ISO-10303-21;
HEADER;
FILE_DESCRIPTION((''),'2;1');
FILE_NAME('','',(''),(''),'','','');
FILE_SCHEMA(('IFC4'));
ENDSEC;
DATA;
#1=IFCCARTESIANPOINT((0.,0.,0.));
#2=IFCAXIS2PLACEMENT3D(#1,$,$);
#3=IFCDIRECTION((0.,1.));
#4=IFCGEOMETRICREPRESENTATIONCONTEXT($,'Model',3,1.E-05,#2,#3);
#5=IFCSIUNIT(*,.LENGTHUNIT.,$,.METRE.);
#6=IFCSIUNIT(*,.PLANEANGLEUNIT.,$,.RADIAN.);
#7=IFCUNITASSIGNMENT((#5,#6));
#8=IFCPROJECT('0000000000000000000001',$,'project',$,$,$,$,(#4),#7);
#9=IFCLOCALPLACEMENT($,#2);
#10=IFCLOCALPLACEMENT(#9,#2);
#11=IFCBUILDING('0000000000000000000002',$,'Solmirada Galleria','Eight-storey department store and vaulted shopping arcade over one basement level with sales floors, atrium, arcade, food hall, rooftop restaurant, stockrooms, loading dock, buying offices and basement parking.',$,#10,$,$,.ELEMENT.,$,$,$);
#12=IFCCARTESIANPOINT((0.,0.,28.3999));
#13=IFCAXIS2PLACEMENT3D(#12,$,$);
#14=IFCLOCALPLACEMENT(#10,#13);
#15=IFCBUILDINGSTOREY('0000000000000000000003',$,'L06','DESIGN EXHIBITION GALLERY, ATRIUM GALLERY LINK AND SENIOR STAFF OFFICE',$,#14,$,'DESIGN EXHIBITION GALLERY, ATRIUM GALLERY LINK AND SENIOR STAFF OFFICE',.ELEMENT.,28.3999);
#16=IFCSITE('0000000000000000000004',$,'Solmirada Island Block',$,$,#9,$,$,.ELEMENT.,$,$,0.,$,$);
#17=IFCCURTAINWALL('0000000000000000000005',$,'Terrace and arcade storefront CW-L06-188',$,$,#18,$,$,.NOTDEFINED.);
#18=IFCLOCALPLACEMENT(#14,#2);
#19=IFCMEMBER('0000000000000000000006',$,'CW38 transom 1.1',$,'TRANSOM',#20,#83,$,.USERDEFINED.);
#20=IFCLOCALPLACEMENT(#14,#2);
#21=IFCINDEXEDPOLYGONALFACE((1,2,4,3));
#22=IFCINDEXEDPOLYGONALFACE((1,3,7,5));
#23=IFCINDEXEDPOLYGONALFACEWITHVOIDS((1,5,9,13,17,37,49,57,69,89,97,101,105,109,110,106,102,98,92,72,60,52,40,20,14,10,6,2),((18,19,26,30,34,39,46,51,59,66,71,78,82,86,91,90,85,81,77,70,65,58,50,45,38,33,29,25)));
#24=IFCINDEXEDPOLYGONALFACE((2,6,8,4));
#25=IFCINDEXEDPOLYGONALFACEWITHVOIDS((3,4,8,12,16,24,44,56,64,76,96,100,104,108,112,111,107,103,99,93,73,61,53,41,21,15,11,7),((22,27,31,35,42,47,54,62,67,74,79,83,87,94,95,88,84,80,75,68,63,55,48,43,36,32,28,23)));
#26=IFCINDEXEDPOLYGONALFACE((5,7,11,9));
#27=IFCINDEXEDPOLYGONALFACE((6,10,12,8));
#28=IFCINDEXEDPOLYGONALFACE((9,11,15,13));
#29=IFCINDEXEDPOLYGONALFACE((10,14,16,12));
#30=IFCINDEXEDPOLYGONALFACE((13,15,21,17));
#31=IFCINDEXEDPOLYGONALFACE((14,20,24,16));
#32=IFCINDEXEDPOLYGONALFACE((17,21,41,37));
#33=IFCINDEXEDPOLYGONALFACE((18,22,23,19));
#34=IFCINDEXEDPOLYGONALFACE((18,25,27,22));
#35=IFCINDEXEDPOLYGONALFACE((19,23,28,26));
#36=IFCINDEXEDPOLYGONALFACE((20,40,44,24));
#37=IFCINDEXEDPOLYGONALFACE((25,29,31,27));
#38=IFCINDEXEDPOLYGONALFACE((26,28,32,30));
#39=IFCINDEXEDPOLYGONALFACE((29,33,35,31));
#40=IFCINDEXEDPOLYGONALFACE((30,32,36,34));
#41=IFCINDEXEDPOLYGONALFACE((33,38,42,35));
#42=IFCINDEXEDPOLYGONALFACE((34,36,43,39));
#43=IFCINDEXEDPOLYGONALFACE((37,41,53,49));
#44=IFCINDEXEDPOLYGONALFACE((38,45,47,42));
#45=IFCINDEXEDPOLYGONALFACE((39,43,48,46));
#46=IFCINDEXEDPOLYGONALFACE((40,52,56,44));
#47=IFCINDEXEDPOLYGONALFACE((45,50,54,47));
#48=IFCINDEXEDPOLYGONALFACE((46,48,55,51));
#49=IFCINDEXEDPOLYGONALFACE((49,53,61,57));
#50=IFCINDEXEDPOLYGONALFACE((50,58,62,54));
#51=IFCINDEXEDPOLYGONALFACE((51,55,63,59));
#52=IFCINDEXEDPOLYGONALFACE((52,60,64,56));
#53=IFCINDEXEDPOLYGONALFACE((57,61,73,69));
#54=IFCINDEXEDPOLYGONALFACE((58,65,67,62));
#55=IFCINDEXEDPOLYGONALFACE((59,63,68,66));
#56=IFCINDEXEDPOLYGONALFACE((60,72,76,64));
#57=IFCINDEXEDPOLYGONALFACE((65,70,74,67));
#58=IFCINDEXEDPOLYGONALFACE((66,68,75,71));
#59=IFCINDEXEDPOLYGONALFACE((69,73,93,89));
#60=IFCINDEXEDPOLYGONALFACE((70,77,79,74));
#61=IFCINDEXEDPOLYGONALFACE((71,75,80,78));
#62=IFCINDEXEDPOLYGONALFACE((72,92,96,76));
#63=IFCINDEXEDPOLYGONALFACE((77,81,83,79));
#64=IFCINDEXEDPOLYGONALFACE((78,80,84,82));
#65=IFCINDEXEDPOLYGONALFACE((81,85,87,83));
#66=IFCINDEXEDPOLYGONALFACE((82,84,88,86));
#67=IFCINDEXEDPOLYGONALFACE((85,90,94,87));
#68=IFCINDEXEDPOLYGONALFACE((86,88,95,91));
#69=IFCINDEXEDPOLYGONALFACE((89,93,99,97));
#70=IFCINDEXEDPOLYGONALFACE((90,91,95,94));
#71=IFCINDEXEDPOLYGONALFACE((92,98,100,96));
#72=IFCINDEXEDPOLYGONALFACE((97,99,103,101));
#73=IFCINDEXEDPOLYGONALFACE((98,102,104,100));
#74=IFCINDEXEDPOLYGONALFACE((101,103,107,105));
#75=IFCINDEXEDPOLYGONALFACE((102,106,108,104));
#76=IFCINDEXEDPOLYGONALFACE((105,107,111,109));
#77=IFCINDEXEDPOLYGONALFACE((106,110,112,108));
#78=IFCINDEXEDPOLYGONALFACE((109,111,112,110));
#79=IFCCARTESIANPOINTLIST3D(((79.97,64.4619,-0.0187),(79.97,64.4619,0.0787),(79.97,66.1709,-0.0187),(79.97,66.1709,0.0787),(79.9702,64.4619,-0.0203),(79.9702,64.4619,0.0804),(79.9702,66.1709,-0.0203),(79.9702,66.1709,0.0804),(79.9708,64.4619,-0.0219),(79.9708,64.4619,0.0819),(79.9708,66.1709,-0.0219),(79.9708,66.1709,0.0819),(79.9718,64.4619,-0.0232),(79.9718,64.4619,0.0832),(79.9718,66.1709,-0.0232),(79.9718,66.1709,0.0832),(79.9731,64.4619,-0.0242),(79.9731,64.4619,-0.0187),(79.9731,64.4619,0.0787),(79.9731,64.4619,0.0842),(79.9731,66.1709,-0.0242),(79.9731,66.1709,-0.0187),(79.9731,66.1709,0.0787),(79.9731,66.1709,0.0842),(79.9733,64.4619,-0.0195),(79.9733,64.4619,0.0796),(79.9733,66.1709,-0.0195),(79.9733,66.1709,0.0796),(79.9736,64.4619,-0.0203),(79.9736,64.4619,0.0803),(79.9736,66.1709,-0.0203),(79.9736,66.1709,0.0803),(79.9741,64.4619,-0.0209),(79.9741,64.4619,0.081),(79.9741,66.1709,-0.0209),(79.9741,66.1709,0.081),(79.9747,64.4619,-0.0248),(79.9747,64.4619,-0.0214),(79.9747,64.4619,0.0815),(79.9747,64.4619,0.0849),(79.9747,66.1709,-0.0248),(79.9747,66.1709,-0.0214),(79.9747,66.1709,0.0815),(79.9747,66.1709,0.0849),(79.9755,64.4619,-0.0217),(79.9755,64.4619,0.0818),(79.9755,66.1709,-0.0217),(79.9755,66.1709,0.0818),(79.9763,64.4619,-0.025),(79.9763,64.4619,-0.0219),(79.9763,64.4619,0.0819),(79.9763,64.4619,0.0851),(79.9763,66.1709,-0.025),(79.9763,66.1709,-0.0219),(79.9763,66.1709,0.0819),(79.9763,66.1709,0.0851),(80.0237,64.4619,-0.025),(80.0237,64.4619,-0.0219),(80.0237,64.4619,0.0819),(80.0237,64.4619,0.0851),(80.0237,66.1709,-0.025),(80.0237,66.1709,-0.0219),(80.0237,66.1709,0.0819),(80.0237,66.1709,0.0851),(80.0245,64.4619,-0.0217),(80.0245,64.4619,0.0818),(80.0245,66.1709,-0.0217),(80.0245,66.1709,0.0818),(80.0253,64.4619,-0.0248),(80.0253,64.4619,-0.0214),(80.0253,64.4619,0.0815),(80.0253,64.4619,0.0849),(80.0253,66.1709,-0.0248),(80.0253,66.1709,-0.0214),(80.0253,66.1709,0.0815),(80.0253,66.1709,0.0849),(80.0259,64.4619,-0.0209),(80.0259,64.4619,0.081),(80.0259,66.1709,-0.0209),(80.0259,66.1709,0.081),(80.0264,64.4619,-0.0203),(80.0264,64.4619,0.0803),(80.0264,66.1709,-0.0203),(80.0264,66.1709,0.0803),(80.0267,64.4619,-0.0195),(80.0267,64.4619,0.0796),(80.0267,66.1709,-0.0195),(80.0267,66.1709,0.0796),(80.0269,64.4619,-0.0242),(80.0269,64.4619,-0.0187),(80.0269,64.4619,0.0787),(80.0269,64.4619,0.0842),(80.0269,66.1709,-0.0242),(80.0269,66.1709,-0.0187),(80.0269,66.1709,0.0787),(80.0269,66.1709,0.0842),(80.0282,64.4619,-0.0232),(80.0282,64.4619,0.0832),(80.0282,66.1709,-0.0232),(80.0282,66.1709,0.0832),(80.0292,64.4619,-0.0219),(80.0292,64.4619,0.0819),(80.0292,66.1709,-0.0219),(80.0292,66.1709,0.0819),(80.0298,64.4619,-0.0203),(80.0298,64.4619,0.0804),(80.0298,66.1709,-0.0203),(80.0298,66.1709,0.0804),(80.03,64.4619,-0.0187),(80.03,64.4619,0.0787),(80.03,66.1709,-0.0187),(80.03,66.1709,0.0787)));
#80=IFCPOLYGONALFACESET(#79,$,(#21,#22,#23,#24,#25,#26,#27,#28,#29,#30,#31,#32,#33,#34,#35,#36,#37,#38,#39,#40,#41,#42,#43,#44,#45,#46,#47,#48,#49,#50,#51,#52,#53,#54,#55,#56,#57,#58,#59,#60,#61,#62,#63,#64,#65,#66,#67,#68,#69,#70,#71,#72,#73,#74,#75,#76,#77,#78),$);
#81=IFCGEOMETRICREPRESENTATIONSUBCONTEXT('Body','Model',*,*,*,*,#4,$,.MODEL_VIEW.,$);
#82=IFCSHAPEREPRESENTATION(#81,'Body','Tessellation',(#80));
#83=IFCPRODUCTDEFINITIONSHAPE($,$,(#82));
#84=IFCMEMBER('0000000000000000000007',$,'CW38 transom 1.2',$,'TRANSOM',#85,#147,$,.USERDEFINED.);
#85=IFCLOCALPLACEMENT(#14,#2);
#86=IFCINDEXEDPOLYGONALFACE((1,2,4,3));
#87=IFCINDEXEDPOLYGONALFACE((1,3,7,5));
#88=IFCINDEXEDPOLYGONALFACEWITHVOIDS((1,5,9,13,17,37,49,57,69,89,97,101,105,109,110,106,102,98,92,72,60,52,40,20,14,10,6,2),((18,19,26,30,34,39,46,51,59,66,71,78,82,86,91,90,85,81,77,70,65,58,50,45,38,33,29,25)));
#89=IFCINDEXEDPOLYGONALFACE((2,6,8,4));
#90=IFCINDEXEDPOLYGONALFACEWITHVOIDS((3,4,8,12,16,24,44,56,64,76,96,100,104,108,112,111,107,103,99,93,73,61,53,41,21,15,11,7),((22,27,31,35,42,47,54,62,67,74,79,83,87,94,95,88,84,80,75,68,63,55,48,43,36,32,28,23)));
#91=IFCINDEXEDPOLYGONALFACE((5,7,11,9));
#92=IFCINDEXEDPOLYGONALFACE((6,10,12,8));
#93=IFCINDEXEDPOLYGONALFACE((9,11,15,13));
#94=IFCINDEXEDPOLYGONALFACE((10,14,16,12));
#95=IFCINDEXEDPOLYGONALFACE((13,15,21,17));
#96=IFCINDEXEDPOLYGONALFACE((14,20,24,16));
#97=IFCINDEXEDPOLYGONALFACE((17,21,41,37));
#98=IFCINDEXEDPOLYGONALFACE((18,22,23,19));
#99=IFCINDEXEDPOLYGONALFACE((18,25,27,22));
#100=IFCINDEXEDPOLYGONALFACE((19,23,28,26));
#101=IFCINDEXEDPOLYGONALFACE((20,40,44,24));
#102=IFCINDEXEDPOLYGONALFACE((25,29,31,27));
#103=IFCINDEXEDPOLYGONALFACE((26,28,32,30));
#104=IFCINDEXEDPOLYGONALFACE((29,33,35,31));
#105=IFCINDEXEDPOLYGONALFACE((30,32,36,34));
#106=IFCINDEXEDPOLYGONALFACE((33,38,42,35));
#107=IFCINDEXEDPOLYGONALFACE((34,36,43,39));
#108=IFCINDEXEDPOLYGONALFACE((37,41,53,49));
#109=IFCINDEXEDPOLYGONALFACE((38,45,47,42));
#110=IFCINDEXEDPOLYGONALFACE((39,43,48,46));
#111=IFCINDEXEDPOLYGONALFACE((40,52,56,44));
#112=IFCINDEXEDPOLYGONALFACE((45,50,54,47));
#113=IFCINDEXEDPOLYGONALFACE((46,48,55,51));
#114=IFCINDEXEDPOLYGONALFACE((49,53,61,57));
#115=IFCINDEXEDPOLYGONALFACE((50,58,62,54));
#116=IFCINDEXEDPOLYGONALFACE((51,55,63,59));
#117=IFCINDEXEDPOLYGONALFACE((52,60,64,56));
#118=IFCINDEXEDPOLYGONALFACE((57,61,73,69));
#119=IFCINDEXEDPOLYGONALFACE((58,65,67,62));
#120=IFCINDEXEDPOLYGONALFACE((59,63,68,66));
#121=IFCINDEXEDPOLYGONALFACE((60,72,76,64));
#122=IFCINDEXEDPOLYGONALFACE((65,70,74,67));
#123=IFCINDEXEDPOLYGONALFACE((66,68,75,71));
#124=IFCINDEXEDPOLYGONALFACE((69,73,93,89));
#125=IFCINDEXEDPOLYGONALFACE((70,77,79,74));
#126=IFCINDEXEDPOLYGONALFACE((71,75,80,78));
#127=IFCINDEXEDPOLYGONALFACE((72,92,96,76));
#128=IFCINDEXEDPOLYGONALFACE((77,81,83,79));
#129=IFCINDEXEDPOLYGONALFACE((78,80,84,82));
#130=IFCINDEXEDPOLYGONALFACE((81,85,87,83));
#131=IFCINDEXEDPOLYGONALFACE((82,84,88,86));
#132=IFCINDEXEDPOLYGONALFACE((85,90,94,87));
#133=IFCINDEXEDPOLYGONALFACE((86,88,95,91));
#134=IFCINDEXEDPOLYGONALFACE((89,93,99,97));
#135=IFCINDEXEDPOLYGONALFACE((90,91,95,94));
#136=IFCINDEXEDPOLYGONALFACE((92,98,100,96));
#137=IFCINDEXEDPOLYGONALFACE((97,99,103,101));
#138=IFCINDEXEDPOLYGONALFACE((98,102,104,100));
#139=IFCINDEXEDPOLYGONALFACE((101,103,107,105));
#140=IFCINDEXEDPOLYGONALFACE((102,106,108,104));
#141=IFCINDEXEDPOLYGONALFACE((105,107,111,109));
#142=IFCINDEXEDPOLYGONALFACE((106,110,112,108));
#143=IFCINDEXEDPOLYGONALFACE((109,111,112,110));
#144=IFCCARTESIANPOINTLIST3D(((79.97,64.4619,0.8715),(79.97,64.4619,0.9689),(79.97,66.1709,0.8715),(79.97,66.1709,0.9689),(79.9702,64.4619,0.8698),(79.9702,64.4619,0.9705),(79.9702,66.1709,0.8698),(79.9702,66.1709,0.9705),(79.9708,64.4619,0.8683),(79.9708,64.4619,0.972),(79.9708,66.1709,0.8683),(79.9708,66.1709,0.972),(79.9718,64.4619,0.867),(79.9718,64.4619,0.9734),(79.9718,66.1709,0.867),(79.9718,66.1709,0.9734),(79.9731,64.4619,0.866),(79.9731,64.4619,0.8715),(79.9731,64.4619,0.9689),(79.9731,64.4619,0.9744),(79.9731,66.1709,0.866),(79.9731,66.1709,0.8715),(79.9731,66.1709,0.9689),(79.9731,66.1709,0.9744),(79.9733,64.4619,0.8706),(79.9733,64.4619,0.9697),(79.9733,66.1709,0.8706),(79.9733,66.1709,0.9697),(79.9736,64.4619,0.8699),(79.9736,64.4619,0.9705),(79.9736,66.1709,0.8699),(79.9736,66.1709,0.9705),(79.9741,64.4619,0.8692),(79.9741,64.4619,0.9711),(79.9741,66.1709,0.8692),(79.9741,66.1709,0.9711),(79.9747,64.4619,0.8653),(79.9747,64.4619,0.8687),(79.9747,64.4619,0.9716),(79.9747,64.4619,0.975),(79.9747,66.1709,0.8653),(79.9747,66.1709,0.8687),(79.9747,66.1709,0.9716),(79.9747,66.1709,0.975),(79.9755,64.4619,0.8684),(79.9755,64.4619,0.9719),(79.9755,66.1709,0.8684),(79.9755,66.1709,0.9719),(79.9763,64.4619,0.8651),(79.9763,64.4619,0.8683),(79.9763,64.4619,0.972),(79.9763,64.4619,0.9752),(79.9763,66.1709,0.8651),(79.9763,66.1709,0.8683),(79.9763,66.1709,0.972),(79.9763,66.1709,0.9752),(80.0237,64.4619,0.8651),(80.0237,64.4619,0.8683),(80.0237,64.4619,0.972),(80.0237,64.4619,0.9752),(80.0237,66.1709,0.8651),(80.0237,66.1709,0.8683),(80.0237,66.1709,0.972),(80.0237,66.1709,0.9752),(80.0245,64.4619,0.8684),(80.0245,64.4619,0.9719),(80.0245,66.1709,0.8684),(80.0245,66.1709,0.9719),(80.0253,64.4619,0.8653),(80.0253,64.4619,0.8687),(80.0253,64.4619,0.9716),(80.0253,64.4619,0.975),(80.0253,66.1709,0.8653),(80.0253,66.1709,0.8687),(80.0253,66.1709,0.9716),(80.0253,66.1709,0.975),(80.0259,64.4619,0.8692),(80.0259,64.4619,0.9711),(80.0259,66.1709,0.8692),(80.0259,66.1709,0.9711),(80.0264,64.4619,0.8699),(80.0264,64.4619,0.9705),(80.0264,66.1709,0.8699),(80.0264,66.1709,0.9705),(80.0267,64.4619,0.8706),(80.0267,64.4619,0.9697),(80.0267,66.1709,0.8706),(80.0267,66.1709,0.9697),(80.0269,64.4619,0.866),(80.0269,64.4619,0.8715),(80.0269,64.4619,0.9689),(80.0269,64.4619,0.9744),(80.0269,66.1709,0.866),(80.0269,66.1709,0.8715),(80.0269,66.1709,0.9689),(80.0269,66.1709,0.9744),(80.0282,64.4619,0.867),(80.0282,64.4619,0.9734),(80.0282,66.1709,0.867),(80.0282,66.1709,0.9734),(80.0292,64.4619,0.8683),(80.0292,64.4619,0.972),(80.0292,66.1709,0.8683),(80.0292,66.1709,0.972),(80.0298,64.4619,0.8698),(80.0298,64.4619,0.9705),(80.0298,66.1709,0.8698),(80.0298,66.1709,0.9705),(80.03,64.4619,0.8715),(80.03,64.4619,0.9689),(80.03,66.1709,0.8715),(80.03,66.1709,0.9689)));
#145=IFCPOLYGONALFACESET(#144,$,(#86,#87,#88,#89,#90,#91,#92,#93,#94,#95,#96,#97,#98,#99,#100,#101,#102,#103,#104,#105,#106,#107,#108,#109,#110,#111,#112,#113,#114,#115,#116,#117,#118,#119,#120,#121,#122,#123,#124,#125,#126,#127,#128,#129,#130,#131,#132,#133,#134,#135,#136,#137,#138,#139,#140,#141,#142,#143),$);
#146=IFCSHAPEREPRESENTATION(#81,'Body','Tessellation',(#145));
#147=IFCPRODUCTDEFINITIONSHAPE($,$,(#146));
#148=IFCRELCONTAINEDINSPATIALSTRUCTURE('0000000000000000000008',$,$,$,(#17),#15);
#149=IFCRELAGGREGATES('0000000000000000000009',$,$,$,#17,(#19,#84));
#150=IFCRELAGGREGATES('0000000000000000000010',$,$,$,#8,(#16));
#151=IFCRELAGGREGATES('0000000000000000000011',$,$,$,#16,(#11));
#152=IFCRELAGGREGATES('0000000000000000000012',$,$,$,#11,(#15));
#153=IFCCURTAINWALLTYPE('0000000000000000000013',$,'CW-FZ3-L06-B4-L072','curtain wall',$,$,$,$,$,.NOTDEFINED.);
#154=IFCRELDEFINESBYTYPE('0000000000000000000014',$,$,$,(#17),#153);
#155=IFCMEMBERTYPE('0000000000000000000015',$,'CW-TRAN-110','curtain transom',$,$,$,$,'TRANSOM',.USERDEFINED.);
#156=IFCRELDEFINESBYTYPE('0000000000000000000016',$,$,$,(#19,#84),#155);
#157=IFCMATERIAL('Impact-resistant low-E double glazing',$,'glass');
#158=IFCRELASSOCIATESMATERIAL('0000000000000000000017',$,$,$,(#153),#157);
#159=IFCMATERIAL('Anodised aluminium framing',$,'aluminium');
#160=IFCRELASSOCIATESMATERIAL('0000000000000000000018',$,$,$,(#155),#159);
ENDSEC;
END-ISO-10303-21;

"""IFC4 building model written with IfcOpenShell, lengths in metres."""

from ifc_helpers import new_model, si_unit, direction, frame, origin, origin_2d, place, context, subcontext, project, spatial, hollow_rectangle, extrude, material, material_profile, profile_set, type_object, element, aggregate, save


model = new_model("IFC4")

# Units and contexts
model_context = context("Model", 3, precision=1e-05, world=origin(), true_north=direction((0.0, 1.0)))
body_context = subcontext(model_context, "Body", "Model", "MODEL_VIEW")
ifc_project = project(units=[si_unit("LENGTHUNIT", "METRE"), si_unit("PLANEANGLEUNIT", "RADIAN")], contexts=[model_context])

# Site, building, storey
site_placement = place(None, origin())
site = spatial("IfcSite", under=ifc_project, at=site_placement, Name="Solmirada Island Block", CompositionType="ELEMENT", RefElevation=0.0)
building_placement = place(site_placement, origin())
building = spatial("IfcBuilding", under=site, at=building_placement, Name="Solmirada Galleria", Description="Eight-storey department store and vaulted shopping arcade over one basement level with sales floors, atrium, arcade, food hall, rooftop restaurant, stockrooms, loading dock, buying offices and basement parking.", CompositionType="ELEMENT")
storey_placement = place(building_placement, frame((0.0, 0.0, 28.3999)))
storey = spatial("IfcBuildingStorey", under=building, at=storey_placement, Name="L06", Description="DESIGN EXHIBITION GALLERY, ATRIUM GALLERY LINK AND SENIOR STAFF OFFICE", LongName="DESIGN EXHIBITION GALLERY, ATRIUM GALLERY LINK AND SENIOR STAFF OFFICE", CompositionType="ELEMENT", Elevation=28.3999)

# Shared definitions
ifc_material_1 = material(Name="Impact-resistant low-E double glazing", Category="glass")
curtain_wall_type = type_object("IfcCurtainWallType", Name="CW-FZ3-L06-B4-L072", Description="curtain wall", PredefinedType="NOTDEFINED", material=ifc_material_1)
ifc_material_2 = material(Name="Anodised aluminium framing", Category="aluminium")

# Curtain wall
curtain_wall_1_placement = place(storey_placement, origin())
curtain_wall_1 = element("IfcCurtainWall", 1, at=curtain_wall_1_placement, inside=storey, type_object=curtain_wall_type, Name="Terrace and arcade storefront CW-L06-188", PredefinedType="NOTDEFINED")

# Members
ifc_material_profile_1 = material_profile(ifc_material_2, hollow_rectangle(XDim=0.0601, YDim=0.1101, WallThickness=0.0032, InnerFilletRadius=0.0032, OuterFilletRadius=0.0063, at=origin_2d()), Name="ALU-TRAN-110X60")
ifc_profile_set_1 = profile_set([ifc_material_profile_1], Name="Anodised aluminium framing")
member_type_1 = type_object("IfcMemberType", Name="CW-TRAN-110", Description="curtain transom", ElementType="TRANSOM", PredefinedType="USERDEFINED", material=ifc_profile_set_1)
member_1_placement = place(storey_placement, frame((80.0, 64.4619, 0.03), z_axis=(0.0, 1.0, 0.0), x_axis=(-1.0, 0.0, 0.0)))
member_1 = element("IfcMember", 2, at=member_1_placement, type_object=member_type_1, Name="CW38 transom 1.1", ObjectType="TRANSOM", PredefinedType="USERDEFINED", context=body_context, shape_type="SweptSolid", body=[
    extrude(hollow_rectangle(XDim=0.0601, YDim=0.1101, WallThickness=0.0032, InnerFilletRadius=0.0032, OuterFilletRadius=0.0063, at=origin_2d()), origin(), (0.0, 0.0, 1.0), 1.709),
])
member_2_placement = place(storey_placement, frame((80.0, 64.4619, 0.9202), z_axis=(0.0, 1.0, 0.0), x_axis=(-1.0, 0.0, 0.0)))
member_2 = element("IfcMember", 3, at=member_2_placement, type_object=member_type_1, Name="CW38 transom 1.2", ObjectType="TRANSOM", PredefinedType="USERDEFINED", context=body_context, shape_type="SweptSolid", body=[
    extrude(hollow_rectangle(XDim=0.0601, YDim=0.1101, WallThickness=0.0032, InnerFilletRadius=0.0032, OuterFilletRadius=0.0063, at=origin_2d()), origin(), (0.0, 0.0, 1.0), 1.709),
])

aggregate(curtain_wall_1, [member_1, member_2])

save(model, "model.ifc")
